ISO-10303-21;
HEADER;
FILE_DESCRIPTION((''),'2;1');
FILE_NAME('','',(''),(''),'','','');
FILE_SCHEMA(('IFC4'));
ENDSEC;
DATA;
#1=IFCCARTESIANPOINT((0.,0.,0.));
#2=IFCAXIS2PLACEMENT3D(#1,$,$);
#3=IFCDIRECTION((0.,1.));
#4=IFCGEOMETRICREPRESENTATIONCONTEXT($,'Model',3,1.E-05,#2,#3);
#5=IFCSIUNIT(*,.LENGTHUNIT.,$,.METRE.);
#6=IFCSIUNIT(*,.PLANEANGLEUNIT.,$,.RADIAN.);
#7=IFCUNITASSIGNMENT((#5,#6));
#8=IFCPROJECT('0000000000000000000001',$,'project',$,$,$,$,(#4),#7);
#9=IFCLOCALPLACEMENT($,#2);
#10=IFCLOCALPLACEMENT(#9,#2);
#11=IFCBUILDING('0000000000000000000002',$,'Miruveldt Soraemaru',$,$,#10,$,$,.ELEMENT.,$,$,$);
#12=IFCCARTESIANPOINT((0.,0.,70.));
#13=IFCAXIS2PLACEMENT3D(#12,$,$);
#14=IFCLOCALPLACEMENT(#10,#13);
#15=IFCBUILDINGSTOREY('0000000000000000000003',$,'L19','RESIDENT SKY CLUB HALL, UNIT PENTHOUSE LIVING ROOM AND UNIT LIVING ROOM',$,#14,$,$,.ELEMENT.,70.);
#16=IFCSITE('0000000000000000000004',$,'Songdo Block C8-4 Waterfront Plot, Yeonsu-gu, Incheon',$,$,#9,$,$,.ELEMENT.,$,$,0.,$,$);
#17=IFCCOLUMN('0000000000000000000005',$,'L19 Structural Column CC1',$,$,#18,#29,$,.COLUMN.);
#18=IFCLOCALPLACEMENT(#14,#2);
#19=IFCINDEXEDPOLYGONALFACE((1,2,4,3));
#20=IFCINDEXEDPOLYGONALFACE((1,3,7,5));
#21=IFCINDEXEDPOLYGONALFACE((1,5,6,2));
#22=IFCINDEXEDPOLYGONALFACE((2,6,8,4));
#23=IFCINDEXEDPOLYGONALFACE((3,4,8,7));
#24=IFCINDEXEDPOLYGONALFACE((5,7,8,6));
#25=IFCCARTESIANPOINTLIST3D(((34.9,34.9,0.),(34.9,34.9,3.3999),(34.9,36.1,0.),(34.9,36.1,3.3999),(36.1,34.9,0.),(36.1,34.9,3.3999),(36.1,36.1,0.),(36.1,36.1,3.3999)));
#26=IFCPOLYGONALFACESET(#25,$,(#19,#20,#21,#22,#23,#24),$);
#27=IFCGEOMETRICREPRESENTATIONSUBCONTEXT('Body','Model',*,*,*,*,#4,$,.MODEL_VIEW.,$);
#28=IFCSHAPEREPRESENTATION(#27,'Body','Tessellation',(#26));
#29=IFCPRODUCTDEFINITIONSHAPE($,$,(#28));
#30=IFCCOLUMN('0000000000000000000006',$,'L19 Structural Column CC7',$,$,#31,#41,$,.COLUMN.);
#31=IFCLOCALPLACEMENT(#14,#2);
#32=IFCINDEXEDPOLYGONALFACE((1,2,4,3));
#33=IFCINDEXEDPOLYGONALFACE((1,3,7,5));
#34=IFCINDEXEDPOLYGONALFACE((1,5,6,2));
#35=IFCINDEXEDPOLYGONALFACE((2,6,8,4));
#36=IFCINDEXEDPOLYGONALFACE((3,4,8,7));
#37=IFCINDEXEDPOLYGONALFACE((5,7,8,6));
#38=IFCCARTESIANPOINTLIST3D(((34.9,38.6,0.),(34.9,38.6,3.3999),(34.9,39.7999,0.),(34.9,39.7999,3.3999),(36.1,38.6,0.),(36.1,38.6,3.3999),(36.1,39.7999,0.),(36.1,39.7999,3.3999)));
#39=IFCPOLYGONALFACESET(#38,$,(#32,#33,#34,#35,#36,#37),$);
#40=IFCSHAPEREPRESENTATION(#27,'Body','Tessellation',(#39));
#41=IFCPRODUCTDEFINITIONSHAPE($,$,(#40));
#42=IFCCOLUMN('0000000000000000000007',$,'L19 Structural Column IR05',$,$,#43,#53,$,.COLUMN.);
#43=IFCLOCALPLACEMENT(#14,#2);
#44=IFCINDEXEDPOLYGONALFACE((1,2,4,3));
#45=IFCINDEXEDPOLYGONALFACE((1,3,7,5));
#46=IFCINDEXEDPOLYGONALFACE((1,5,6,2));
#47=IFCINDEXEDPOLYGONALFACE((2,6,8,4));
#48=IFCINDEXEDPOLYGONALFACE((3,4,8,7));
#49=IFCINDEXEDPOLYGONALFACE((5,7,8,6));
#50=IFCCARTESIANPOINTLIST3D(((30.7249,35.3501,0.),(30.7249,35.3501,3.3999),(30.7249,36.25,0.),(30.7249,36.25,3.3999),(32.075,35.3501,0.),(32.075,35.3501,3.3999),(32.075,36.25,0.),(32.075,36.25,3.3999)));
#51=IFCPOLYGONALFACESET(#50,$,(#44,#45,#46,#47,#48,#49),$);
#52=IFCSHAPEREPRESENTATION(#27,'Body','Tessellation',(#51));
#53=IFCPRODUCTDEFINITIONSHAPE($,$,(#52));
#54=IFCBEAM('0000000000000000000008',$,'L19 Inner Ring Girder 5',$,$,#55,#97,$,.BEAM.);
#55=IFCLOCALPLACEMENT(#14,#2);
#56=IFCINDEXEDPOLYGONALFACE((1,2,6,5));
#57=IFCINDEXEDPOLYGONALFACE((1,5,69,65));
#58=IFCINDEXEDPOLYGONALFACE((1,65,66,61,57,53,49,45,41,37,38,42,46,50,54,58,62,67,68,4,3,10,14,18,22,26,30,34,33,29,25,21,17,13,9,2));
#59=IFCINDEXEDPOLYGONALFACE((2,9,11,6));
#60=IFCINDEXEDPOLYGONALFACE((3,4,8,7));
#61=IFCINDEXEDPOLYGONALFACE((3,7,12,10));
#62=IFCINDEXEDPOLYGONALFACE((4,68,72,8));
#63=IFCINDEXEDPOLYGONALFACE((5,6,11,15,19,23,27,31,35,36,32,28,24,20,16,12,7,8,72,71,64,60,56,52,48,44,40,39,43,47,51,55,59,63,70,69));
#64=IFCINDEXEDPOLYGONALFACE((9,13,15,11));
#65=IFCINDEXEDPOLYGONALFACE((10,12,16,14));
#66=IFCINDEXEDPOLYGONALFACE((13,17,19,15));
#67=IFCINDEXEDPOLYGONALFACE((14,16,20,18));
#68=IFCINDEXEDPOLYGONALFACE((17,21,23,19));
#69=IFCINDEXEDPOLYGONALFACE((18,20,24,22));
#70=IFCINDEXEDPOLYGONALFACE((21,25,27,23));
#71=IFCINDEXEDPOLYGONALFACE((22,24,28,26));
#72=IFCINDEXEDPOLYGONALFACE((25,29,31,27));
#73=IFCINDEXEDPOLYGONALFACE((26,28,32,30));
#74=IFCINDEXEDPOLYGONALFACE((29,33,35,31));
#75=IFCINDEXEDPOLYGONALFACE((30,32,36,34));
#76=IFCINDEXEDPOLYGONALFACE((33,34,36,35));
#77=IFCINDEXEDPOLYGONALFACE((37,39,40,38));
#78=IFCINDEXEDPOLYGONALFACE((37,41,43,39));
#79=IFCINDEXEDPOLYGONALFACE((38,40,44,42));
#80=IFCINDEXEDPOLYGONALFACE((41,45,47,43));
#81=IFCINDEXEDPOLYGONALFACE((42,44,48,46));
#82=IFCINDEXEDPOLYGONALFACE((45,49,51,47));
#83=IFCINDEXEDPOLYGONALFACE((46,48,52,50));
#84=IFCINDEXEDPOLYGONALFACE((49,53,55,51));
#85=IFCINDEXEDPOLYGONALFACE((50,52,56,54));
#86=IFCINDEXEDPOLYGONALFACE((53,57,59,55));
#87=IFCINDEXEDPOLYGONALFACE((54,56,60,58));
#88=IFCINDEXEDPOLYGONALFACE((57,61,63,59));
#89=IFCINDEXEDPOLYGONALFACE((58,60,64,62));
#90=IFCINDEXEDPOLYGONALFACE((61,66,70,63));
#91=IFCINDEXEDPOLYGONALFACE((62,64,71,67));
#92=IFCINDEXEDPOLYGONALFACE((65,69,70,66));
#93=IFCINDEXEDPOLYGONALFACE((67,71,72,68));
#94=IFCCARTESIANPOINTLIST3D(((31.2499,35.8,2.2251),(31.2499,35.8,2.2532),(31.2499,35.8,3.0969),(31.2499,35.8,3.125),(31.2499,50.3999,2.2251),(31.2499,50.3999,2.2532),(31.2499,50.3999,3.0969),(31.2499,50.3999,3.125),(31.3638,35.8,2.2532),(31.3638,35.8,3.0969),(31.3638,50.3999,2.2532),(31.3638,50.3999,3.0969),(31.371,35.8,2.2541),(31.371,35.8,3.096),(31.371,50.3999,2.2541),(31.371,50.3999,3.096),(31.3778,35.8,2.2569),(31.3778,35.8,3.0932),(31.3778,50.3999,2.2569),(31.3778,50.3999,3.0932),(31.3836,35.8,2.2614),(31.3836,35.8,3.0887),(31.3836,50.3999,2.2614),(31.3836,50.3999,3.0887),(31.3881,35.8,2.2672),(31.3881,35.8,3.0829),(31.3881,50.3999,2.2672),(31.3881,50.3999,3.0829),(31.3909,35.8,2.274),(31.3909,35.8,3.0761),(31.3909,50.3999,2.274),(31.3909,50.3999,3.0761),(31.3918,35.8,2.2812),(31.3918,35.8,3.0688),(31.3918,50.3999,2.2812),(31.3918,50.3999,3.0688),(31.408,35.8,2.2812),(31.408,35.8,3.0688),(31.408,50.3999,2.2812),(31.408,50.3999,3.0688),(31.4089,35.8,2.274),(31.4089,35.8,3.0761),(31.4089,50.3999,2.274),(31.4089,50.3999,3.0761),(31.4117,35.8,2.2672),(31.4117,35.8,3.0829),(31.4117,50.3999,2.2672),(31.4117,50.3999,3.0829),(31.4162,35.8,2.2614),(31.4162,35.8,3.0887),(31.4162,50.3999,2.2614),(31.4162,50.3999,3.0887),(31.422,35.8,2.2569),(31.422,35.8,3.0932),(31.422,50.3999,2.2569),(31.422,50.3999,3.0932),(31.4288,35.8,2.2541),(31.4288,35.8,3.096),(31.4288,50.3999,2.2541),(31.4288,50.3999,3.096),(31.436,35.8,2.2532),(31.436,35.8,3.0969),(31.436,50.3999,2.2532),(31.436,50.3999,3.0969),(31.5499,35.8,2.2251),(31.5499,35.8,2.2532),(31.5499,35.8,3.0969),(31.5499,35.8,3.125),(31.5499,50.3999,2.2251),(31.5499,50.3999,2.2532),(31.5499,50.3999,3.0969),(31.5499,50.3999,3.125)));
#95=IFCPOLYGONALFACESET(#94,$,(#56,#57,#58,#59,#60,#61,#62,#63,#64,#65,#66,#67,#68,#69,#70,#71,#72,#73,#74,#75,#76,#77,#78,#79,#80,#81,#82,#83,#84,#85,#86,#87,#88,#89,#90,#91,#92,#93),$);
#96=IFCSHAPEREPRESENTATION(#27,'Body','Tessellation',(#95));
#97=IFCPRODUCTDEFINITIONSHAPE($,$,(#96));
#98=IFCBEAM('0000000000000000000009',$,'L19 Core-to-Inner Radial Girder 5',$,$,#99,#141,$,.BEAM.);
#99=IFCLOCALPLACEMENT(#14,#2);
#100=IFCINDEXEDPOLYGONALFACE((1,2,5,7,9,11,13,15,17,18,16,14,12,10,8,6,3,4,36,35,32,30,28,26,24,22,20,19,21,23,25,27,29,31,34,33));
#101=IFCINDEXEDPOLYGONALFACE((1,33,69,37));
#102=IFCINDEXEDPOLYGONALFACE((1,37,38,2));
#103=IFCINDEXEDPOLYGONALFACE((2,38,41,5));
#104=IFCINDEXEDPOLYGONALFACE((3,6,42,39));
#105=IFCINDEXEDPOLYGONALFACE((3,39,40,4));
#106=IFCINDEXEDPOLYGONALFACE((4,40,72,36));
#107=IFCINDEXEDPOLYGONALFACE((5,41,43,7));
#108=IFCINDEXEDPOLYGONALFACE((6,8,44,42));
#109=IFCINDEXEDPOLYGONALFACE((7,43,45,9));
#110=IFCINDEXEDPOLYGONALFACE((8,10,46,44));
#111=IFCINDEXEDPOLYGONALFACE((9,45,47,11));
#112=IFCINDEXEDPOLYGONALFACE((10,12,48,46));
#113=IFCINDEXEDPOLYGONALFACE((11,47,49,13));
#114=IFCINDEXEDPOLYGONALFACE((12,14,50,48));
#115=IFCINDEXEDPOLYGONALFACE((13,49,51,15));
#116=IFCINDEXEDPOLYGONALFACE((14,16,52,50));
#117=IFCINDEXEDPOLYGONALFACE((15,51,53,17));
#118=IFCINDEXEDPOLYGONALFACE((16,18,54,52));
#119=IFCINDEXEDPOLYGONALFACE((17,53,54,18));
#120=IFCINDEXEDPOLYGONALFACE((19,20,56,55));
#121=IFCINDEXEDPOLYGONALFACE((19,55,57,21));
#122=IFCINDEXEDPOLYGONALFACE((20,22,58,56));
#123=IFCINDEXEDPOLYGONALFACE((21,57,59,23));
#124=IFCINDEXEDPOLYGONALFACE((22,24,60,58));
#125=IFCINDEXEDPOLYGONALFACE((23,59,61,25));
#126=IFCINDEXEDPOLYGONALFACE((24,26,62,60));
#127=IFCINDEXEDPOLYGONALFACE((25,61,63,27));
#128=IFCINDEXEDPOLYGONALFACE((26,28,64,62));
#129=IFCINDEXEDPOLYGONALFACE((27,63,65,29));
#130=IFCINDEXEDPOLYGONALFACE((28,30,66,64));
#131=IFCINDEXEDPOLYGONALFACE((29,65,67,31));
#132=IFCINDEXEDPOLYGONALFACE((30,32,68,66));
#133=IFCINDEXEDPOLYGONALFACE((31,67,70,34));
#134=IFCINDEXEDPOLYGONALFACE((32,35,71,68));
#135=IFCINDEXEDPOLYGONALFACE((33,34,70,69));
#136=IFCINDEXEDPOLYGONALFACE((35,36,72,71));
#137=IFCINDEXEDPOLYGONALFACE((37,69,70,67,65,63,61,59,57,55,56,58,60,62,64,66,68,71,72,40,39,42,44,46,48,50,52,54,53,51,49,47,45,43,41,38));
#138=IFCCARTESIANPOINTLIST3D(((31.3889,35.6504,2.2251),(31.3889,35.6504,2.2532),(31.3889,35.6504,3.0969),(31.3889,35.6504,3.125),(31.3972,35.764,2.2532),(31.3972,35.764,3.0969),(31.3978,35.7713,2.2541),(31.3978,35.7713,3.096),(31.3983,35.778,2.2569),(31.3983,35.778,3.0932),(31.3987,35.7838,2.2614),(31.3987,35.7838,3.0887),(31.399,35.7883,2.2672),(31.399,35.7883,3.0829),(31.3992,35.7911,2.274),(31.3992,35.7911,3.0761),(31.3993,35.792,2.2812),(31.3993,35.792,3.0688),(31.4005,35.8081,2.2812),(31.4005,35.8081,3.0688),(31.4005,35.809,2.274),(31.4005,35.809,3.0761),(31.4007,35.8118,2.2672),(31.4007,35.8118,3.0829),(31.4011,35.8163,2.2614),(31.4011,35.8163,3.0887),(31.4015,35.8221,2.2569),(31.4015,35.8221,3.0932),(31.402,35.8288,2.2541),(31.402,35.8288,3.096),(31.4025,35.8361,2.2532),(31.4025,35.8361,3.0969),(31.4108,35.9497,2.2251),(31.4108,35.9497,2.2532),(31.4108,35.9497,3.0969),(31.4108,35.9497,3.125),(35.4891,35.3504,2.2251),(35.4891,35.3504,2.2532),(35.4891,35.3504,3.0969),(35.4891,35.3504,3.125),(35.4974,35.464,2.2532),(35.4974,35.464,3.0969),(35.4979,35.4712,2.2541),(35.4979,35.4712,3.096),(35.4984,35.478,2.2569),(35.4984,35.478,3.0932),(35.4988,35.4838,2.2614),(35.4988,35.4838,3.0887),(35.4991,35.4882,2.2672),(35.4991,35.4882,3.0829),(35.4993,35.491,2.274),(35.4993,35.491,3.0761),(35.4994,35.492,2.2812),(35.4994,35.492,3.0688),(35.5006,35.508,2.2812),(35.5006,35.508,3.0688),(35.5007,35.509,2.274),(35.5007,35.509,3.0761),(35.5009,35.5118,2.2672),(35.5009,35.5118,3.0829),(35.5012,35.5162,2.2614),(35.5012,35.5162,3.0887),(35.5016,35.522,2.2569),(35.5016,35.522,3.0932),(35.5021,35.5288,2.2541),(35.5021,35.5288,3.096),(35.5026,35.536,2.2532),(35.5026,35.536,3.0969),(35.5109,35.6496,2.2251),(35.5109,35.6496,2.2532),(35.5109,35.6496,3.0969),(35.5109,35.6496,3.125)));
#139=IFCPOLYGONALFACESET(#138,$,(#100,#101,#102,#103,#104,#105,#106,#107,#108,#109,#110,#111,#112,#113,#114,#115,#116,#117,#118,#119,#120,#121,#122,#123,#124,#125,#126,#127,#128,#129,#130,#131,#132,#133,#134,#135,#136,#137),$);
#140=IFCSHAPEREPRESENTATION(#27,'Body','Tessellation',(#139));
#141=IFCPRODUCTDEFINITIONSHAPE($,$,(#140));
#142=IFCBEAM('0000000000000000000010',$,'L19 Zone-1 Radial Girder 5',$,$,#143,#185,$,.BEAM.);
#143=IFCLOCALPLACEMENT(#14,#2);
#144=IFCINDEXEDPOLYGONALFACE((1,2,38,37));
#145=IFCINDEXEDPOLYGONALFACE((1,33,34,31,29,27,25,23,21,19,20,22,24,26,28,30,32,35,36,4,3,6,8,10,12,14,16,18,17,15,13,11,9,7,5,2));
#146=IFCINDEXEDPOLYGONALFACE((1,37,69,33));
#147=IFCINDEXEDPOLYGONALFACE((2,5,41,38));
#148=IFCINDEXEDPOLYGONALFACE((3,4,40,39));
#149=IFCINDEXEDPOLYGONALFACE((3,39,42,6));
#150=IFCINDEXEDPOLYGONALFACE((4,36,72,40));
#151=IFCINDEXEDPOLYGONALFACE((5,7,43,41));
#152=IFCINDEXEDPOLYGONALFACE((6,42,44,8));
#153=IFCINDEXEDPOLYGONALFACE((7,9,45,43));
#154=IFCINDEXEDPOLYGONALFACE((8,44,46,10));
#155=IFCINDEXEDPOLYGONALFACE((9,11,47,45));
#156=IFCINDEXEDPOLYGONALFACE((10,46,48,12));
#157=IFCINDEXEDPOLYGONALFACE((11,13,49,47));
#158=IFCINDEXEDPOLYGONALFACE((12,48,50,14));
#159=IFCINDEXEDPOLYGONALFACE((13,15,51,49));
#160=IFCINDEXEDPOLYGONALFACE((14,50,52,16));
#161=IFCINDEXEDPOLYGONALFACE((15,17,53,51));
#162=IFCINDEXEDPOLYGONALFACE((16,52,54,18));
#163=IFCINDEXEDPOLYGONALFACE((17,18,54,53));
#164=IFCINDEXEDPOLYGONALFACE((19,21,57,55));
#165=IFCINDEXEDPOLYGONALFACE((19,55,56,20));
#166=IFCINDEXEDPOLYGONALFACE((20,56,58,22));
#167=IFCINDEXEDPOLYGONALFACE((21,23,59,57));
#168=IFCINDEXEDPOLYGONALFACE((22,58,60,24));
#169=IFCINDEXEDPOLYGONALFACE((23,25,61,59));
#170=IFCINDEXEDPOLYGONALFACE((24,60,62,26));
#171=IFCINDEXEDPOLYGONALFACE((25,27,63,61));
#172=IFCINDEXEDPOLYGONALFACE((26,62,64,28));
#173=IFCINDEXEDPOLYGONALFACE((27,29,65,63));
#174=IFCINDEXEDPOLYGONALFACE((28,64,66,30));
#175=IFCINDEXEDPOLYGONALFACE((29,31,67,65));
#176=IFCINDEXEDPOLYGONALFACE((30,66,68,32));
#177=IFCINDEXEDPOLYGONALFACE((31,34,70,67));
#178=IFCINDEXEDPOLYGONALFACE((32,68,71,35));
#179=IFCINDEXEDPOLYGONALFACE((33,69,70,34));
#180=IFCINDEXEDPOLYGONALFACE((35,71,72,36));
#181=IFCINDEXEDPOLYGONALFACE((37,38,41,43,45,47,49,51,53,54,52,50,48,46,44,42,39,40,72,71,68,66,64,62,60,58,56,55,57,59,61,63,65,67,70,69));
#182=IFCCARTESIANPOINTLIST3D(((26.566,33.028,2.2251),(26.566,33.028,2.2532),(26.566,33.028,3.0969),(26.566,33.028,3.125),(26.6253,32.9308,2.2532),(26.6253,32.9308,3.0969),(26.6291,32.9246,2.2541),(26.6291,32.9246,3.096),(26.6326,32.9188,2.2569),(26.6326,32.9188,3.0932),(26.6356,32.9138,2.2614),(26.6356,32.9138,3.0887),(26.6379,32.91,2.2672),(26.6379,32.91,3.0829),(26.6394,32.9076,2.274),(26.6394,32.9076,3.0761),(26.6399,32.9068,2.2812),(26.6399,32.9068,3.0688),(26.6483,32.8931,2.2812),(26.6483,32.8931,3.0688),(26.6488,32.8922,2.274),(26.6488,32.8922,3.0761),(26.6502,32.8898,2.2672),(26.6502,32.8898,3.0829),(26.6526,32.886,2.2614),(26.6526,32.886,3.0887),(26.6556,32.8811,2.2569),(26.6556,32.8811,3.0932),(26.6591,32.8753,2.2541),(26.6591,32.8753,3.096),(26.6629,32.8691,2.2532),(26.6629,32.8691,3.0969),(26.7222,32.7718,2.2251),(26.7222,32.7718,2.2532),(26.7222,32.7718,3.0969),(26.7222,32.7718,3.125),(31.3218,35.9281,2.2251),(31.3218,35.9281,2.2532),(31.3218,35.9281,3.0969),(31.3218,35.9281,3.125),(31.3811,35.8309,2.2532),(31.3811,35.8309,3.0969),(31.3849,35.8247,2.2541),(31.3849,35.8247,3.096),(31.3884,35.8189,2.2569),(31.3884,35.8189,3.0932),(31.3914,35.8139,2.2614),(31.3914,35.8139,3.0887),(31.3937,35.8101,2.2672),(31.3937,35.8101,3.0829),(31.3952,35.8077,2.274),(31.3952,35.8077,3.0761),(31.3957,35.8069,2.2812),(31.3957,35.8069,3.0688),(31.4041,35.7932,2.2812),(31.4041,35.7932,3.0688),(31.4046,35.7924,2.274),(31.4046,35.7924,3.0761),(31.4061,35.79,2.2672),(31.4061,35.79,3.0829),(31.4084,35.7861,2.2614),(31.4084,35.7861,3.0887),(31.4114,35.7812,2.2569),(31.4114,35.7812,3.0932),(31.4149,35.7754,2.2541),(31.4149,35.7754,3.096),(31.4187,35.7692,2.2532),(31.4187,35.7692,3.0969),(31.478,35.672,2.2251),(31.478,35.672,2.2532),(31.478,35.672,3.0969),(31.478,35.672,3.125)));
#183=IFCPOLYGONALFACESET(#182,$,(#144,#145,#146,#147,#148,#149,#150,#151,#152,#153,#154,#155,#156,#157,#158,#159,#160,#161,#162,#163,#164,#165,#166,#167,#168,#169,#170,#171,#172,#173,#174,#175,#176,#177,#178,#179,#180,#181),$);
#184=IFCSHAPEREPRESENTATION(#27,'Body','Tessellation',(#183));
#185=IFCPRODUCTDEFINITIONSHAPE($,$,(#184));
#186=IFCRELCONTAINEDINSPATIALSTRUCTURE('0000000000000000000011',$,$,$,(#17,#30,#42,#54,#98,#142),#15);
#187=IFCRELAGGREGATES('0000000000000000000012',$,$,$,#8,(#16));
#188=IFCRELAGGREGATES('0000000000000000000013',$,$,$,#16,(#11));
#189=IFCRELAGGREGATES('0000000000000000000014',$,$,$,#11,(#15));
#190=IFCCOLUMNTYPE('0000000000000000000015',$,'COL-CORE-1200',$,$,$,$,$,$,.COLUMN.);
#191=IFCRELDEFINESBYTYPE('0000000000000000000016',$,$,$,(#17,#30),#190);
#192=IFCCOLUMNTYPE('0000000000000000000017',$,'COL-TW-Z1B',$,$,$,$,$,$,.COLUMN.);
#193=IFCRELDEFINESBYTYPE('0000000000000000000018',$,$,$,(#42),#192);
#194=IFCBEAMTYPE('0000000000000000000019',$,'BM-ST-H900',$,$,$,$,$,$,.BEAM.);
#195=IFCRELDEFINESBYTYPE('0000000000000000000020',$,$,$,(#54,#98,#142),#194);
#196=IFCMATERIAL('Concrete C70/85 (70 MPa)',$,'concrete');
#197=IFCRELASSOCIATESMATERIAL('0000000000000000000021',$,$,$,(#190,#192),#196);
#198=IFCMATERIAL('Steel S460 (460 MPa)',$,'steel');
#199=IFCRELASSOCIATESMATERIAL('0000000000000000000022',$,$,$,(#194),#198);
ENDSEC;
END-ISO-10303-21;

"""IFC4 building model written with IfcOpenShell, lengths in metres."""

from ifc_helpers import new_model, si_unit, direction, frame, origin, origin_2d, place, context, subcontext, project, spatial, rectangle, i_section, extrude, material, material_profile, profile_set, type_object, element, save


model = new_model("IFC4")

# Units and contexts
model_context = context("Model", 3, precision=1e-05, world=origin(), true_north=direction((0.0, 1.0)))
body_context = subcontext(model_context, "Body", "Model", "MODEL_VIEW")
ifc_project = project(units=[si_unit("LENGTHUNIT", "METRE"), si_unit("PLANEANGLEUNIT", "RADIAN")], contexts=[model_context])

# Site, building, storey
site_placement = place(None, origin())
site = spatial("IfcSite", under=ifc_project, at=site_placement, Name="Songdo Block C8-4 Waterfront Plot, Yeonsu-gu, Incheon", CompositionType="ELEMENT", RefElevation=0.0)
building_placement = place(site_placement, origin())
building = spatial("IfcBuilding", under=site, at=building_placement, Name="Miruveldt Soraemaru", CompositionType="ELEMENT")
storey_placement = place(building_placement, frame((0.0, 0.0, 70.0)))
storey = spatial("IfcBuildingStorey", under=building, at=storey_placement, Name="L19", Description="RESIDENT SKY CLUB HALL, UNIT PENTHOUSE LIVING ROOM AND UNIT LIVING ROOM", CompositionType="ELEMENT", Elevation=70.0)

# Columns
ifc_material_1 = material(Name="Concrete C70/85 (70 MPa)", Category="concrete")
ifc_material_profile_1 = material_profile(ifc_material_1, rectangle(XDim=1.2, YDim=1.2, at=origin_2d()), Name="Concrete C70/85 (70 MPa)", Category="concrete")
ifc_profile_set_1 = profile_set([ifc_material_profile_1], Name="Concrete C70/85 (70 MPa)")
column_type_1 = type_object("IfcColumnType", Name="COL-CORE-1200", PredefinedType="COLUMN", material=ifc_profile_set_1)
for number, where, z_axis, x_axis, name in (
    (1, (35.5, 35.5, 0.0), (0.0, 0.0, 1.0), (1.0, 0.0, 0.0), "L19 Structural Column CC1"),
    (2, (35.5, 39.2, 0.0), (0.0, 0.0, 1.0), (1.0, 0.0, 0.0), "L19 Structural Column CC7"),
):
    element("IfcColumn", number, at=place(storey_placement, frame(where, z_axis=z_axis, x_axis=x_axis)), inside=storey, type_object=column_type_1, Name=name, PredefinedType="COLUMN", context=body_context, shape_type="SweptSolid", body=[
        extrude(rectangle(XDim=1.2, YDim=1.2, at=origin_2d()), origin(), (0.0, 0.0, 1.0), 3.3999),
    ])
ifc_material_profile_2 = material_profile(ifc_material_1, rectangle(XDim=1.3501, YDim=0.8999, at=origin_2d()), Name="Concrete C70/85 (70 MPa)", Category="concrete")
ifc_profile_set_2 = profile_set([ifc_material_profile_2], Name="Concrete C70/85 (70 MPa)")
column_type_2 = type_object("IfcColumnType", Name="COL-TW-Z1B", PredefinedType="COLUMN", material=ifc_profile_set_2)
column_placement = place(storey_placement, frame((31.3999, 35.8, 0.0), z_axis=(0.0, 0.0, 1.0), x_axis=(1.0, 0.0, 0.0)))
element("IfcColumn", 3, at=column_placement, inside=storey, type_object=column_type_2, Name="L19 Structural Column IR05", PredefinedType="COLUMN", context=body_context, shape_type="SweptSolid", body=[
    extrude(rectangle(XDim=1.3501, YDim=0.8999, at=origin_2d()), origin(), (0.0, 0.0, 1.0), 3.3999),
])

# Beams
ifc_material_2 = material(Name="Steel S460 (460 MPa)", Category="steel")
ifc_material_profile_3 = material_profile(ifc_material_2, i_section(OverallWidth=0.3, OverallDepth=0.8999, WebThickness=0.0161, FlangeThickness=0.0281, FilletRadius=0.0281, at=origin_2d()), Name="Steel S460 (460 MPa)", Category="steel")
ifc_profile_set_3 = profile_set([ifc_material_profile_3], Name="Steel S460 (460 MPa)")
beam_type_1 = type_object("IfcBeamType", Name="BM-ST-H900", PredefinedType="BEAM", material=ifc_profile_set_3)
beam_1_placement = place(storey_placement, frame((31.3999, 35.8, 2.675), z_axis=(0.0, 1.0, 0.0), x_axis=(-1.0, 0.0, 0.0)))
element("IfcBeam", 4, at=beam_1_placement, inside=storey, type_object=beam_type_1, Name="L19 Inner Ring Girder 5", PredefinedType="BEAM", context=body_context, shape_type="SweptSolid", body=[
    extrude(i_section(OverallWidth=0.3, OverallDepth=0.8999, WebThickness=0.0161, FlangeThickness=0.0281, FilletRadius=0.0281, at=origin_2d()), origin(), (0.0, 0.0, 1.0), 14.5999),
])
beam_2_placement = place(storey_placement, frame((35.5, 35.5, 2.675), z_axis=(-0.997333, 0.072986, 0.0), x_axis=(-0.072986, -0.997333, 0.0)))
element("IfcBeam", 5, at=beam_2_placement, inside=storey, type_object=beam_type_1, Name="L19 Core-to-Inner Radial Girder 5", PredefinedType="BEAM", context=body_context, shape_type="SweptSolid", body=[
    extrude(i_section(OverallWidth=0.3, OverallDepth=0.8999, WebThickness=0.0161, FlangeThickness=0.0281, FilletRadius=0.0281, at=origin_2d()), origin(), (0.0, 0.0, 1.0), 4.1111),
])
beam_3_placement = place(storey_placement, frame((31.3999, 35.8, 2.675), z_axis=(-0.853778, -0.520638, 0.0), x_axis=(0.520638, -0.853778, 0.0)))
element("IfcBeam", 6, at=beam_3_placement, inside=storey, type_object=beam_type_1, Name="L19 Zone-1 Radial Girder 5", PredefinedType="BEAM", context=body_context, shape_type="SweptSolid", body=[
    extrude(i_section(OverallWidth=0.3, OverallDepth=0.8999, WebThickness=0.0161, FlangeThickness=0.0281, FilletRadius=0.0281, at=origin_2d()), origin(), (0.0, 0.0, 1.0), 5.5703),
])

save(model, "model.ifc")
